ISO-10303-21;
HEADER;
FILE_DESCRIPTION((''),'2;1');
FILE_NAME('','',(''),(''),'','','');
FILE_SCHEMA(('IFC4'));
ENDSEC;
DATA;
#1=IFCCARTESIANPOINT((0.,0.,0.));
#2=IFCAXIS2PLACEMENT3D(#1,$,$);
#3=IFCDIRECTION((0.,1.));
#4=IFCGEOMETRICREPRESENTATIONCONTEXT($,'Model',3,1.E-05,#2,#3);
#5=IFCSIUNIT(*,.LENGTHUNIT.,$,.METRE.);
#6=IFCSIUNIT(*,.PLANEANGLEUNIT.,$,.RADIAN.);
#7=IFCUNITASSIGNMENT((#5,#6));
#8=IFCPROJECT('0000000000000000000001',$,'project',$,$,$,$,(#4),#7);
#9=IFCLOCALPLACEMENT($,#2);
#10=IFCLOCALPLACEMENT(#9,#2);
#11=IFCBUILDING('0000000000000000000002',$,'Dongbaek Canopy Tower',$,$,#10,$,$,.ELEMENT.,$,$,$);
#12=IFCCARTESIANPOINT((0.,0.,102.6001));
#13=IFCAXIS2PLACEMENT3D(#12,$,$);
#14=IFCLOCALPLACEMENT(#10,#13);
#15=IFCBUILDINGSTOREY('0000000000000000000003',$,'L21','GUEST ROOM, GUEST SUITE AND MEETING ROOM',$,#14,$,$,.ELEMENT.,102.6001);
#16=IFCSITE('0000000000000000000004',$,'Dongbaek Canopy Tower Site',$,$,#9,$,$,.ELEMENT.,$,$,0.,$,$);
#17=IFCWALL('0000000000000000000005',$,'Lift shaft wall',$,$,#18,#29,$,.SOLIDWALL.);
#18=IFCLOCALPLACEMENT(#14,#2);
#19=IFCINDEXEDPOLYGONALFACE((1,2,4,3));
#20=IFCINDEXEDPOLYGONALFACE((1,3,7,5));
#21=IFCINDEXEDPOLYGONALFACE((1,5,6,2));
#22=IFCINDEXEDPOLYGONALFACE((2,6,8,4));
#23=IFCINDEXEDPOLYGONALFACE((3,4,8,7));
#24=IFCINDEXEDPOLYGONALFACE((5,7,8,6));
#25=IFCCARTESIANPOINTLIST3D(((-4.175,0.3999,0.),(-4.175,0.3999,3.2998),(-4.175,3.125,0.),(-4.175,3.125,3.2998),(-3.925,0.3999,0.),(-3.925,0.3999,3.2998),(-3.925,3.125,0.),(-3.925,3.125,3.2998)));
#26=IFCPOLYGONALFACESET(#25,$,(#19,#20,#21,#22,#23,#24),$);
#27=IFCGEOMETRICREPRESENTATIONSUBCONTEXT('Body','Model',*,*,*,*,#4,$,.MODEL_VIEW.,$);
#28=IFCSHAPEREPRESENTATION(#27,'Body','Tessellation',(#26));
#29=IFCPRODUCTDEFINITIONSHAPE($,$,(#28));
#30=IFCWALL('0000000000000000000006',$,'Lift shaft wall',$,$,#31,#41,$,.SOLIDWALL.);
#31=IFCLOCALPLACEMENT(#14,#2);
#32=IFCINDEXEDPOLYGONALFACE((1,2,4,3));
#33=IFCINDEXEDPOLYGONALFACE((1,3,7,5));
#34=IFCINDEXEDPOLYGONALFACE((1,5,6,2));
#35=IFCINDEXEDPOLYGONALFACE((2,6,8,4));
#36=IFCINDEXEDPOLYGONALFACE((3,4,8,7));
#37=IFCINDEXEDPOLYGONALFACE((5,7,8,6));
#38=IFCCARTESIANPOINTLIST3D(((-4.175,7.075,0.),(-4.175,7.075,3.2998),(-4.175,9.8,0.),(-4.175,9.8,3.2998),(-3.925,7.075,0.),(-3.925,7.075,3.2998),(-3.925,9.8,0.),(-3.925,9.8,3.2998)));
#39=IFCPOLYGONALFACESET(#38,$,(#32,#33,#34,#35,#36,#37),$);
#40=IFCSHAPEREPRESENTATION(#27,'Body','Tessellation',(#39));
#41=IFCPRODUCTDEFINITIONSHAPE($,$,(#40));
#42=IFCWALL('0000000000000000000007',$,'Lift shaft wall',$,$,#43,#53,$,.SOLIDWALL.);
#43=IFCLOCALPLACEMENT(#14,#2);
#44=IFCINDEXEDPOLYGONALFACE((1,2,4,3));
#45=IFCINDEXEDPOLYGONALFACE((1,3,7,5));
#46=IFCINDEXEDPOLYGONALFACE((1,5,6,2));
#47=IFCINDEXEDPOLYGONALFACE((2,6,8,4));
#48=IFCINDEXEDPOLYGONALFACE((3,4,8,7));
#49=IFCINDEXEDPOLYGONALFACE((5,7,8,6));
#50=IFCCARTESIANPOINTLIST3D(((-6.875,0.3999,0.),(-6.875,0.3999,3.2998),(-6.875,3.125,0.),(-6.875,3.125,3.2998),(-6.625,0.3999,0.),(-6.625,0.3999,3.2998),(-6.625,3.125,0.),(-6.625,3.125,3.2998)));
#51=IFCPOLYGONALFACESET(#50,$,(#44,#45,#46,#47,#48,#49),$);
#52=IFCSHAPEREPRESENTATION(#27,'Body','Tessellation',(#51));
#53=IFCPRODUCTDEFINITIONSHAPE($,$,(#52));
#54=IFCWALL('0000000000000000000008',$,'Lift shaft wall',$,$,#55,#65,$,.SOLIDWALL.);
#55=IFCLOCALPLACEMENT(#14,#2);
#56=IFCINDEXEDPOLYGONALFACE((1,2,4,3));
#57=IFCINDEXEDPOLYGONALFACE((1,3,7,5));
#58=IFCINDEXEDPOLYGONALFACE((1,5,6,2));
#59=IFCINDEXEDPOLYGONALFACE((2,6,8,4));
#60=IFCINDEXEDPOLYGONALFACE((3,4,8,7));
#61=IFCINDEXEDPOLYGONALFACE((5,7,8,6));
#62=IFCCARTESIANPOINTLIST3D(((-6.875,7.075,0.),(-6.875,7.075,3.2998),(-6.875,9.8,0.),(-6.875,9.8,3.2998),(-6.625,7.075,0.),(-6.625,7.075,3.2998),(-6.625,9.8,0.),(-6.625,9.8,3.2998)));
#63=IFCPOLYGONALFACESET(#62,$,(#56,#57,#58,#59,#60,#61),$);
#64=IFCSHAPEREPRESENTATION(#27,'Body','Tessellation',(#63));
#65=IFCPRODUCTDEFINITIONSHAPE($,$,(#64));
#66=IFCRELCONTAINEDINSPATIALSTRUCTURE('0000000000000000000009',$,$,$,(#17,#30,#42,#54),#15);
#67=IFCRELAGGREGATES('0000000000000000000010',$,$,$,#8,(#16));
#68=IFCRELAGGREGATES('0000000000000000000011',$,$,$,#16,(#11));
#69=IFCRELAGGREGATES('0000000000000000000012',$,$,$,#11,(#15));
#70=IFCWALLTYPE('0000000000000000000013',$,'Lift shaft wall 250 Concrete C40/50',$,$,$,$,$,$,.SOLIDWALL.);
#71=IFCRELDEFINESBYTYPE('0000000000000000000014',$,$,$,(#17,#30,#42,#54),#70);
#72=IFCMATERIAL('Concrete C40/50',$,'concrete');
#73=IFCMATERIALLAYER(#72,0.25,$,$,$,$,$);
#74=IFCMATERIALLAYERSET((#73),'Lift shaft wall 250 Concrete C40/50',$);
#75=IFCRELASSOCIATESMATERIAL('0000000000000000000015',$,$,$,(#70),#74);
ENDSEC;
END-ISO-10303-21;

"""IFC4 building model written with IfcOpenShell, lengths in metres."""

from ifc_helpers import new_model, si_unit, direction, frame, frame_2d, origin, place, context, subcontext, project, spatial, rectangle, extrude, material, layer, layer_set, type_object, element, save


model = new_model("IFC4")

# Units and contexts
model_context = context("Model", 3, precision=1e-05, world=origin(), true_north=direction((0.0, 1.0)))
body_context = subcontext(model_context, "Body", "Model", "MODEL_VIEW")
ifc_project = project(units=[si_unit("LENGTHUNIT", "METRE"), si_unit("PLANEANGLEUNIT", "RADIAN")], contexts=[model_context])

# Site, building, storey
site_placement = place(None, origin())
site = spatial("IfcSite", under=ifc_project, at=site_placement, Name="Dongbaek Canopy Tower Site", CompositionType="ELEMENT", RefElevation=0.0)
building_placement = place(site_placement, origin())
building = spatial("IfcBuilding", under=site, at=building_placement, Name="Dongbaek Canopy Tower", CompositionType="ELEMENT")
storey_placement = place(building_placement, frame((0.0, 0.0, 102.6001)))
storey = spatial("IfcBuildingStorey", under=building, at=storey_placement, Name="L21", Description="GUEST ROOM, GUEST SUITE AND MEETING ROOM", CompositionType="ELEMENT", Elevation=102.6001)

# Walls
ifc_material_1 = material(Name="Concrete C40/50", Category="concrete")
ifc_layer_1 = layer(ifc_material_1, 0.25)
ifc_layer_set_1 = layer_set([ifc_layer_1], Name="Lift shaft wall 250 Concrete C40/50")
wall_type_1 = type_object("IfcWallType", Name="Lift shaft wall 250 Concrete C40/50", PredefinedType="SOLIDWALL", material=ifc_layer_set_1)
for number, where, z_axis, x_axis, name in (
    (1, (-4.05, 0.3999, 0.0), (0.0, 0.0, 1.0), (0.0, 1.0, 0.0), "Lift shaft wall"),
    (2, (-4.05, 7.075, 0.0), (0.0, 0.0, 1.0), (0.0, 1.0, 0.0), "Lift shaft wall"),
    (3, (-6.75, 0.3999, 0.0), (0.0, 0.0, 1.0), (0.0, 1.0, 0.0), "Lift shaft wall"),
    (4, (-6.75, 7.075, 0.0), (0.0, 0.0, 1.0), (0.0, 1.0, 0.0), "Lift shaft wall"),
):
    element("IfcWall", number, at=place(storey_placement, frame(where, z_axis=z_axis, x_axis=x_axis)), inside=storey, type_object=wall_type_1, Name=name, PredefinedType="SOLIDWALL", context=body_context, shape_type="SweptSolid", body=[
        extrude(rectangle(XDim=2.7251, YDim=0.25, at=frame_2d((1.3625, 0.0))), origin(), (0.0, 0.0, 1.0), 3.2998),
    ])

save(model, "model.ifc")
